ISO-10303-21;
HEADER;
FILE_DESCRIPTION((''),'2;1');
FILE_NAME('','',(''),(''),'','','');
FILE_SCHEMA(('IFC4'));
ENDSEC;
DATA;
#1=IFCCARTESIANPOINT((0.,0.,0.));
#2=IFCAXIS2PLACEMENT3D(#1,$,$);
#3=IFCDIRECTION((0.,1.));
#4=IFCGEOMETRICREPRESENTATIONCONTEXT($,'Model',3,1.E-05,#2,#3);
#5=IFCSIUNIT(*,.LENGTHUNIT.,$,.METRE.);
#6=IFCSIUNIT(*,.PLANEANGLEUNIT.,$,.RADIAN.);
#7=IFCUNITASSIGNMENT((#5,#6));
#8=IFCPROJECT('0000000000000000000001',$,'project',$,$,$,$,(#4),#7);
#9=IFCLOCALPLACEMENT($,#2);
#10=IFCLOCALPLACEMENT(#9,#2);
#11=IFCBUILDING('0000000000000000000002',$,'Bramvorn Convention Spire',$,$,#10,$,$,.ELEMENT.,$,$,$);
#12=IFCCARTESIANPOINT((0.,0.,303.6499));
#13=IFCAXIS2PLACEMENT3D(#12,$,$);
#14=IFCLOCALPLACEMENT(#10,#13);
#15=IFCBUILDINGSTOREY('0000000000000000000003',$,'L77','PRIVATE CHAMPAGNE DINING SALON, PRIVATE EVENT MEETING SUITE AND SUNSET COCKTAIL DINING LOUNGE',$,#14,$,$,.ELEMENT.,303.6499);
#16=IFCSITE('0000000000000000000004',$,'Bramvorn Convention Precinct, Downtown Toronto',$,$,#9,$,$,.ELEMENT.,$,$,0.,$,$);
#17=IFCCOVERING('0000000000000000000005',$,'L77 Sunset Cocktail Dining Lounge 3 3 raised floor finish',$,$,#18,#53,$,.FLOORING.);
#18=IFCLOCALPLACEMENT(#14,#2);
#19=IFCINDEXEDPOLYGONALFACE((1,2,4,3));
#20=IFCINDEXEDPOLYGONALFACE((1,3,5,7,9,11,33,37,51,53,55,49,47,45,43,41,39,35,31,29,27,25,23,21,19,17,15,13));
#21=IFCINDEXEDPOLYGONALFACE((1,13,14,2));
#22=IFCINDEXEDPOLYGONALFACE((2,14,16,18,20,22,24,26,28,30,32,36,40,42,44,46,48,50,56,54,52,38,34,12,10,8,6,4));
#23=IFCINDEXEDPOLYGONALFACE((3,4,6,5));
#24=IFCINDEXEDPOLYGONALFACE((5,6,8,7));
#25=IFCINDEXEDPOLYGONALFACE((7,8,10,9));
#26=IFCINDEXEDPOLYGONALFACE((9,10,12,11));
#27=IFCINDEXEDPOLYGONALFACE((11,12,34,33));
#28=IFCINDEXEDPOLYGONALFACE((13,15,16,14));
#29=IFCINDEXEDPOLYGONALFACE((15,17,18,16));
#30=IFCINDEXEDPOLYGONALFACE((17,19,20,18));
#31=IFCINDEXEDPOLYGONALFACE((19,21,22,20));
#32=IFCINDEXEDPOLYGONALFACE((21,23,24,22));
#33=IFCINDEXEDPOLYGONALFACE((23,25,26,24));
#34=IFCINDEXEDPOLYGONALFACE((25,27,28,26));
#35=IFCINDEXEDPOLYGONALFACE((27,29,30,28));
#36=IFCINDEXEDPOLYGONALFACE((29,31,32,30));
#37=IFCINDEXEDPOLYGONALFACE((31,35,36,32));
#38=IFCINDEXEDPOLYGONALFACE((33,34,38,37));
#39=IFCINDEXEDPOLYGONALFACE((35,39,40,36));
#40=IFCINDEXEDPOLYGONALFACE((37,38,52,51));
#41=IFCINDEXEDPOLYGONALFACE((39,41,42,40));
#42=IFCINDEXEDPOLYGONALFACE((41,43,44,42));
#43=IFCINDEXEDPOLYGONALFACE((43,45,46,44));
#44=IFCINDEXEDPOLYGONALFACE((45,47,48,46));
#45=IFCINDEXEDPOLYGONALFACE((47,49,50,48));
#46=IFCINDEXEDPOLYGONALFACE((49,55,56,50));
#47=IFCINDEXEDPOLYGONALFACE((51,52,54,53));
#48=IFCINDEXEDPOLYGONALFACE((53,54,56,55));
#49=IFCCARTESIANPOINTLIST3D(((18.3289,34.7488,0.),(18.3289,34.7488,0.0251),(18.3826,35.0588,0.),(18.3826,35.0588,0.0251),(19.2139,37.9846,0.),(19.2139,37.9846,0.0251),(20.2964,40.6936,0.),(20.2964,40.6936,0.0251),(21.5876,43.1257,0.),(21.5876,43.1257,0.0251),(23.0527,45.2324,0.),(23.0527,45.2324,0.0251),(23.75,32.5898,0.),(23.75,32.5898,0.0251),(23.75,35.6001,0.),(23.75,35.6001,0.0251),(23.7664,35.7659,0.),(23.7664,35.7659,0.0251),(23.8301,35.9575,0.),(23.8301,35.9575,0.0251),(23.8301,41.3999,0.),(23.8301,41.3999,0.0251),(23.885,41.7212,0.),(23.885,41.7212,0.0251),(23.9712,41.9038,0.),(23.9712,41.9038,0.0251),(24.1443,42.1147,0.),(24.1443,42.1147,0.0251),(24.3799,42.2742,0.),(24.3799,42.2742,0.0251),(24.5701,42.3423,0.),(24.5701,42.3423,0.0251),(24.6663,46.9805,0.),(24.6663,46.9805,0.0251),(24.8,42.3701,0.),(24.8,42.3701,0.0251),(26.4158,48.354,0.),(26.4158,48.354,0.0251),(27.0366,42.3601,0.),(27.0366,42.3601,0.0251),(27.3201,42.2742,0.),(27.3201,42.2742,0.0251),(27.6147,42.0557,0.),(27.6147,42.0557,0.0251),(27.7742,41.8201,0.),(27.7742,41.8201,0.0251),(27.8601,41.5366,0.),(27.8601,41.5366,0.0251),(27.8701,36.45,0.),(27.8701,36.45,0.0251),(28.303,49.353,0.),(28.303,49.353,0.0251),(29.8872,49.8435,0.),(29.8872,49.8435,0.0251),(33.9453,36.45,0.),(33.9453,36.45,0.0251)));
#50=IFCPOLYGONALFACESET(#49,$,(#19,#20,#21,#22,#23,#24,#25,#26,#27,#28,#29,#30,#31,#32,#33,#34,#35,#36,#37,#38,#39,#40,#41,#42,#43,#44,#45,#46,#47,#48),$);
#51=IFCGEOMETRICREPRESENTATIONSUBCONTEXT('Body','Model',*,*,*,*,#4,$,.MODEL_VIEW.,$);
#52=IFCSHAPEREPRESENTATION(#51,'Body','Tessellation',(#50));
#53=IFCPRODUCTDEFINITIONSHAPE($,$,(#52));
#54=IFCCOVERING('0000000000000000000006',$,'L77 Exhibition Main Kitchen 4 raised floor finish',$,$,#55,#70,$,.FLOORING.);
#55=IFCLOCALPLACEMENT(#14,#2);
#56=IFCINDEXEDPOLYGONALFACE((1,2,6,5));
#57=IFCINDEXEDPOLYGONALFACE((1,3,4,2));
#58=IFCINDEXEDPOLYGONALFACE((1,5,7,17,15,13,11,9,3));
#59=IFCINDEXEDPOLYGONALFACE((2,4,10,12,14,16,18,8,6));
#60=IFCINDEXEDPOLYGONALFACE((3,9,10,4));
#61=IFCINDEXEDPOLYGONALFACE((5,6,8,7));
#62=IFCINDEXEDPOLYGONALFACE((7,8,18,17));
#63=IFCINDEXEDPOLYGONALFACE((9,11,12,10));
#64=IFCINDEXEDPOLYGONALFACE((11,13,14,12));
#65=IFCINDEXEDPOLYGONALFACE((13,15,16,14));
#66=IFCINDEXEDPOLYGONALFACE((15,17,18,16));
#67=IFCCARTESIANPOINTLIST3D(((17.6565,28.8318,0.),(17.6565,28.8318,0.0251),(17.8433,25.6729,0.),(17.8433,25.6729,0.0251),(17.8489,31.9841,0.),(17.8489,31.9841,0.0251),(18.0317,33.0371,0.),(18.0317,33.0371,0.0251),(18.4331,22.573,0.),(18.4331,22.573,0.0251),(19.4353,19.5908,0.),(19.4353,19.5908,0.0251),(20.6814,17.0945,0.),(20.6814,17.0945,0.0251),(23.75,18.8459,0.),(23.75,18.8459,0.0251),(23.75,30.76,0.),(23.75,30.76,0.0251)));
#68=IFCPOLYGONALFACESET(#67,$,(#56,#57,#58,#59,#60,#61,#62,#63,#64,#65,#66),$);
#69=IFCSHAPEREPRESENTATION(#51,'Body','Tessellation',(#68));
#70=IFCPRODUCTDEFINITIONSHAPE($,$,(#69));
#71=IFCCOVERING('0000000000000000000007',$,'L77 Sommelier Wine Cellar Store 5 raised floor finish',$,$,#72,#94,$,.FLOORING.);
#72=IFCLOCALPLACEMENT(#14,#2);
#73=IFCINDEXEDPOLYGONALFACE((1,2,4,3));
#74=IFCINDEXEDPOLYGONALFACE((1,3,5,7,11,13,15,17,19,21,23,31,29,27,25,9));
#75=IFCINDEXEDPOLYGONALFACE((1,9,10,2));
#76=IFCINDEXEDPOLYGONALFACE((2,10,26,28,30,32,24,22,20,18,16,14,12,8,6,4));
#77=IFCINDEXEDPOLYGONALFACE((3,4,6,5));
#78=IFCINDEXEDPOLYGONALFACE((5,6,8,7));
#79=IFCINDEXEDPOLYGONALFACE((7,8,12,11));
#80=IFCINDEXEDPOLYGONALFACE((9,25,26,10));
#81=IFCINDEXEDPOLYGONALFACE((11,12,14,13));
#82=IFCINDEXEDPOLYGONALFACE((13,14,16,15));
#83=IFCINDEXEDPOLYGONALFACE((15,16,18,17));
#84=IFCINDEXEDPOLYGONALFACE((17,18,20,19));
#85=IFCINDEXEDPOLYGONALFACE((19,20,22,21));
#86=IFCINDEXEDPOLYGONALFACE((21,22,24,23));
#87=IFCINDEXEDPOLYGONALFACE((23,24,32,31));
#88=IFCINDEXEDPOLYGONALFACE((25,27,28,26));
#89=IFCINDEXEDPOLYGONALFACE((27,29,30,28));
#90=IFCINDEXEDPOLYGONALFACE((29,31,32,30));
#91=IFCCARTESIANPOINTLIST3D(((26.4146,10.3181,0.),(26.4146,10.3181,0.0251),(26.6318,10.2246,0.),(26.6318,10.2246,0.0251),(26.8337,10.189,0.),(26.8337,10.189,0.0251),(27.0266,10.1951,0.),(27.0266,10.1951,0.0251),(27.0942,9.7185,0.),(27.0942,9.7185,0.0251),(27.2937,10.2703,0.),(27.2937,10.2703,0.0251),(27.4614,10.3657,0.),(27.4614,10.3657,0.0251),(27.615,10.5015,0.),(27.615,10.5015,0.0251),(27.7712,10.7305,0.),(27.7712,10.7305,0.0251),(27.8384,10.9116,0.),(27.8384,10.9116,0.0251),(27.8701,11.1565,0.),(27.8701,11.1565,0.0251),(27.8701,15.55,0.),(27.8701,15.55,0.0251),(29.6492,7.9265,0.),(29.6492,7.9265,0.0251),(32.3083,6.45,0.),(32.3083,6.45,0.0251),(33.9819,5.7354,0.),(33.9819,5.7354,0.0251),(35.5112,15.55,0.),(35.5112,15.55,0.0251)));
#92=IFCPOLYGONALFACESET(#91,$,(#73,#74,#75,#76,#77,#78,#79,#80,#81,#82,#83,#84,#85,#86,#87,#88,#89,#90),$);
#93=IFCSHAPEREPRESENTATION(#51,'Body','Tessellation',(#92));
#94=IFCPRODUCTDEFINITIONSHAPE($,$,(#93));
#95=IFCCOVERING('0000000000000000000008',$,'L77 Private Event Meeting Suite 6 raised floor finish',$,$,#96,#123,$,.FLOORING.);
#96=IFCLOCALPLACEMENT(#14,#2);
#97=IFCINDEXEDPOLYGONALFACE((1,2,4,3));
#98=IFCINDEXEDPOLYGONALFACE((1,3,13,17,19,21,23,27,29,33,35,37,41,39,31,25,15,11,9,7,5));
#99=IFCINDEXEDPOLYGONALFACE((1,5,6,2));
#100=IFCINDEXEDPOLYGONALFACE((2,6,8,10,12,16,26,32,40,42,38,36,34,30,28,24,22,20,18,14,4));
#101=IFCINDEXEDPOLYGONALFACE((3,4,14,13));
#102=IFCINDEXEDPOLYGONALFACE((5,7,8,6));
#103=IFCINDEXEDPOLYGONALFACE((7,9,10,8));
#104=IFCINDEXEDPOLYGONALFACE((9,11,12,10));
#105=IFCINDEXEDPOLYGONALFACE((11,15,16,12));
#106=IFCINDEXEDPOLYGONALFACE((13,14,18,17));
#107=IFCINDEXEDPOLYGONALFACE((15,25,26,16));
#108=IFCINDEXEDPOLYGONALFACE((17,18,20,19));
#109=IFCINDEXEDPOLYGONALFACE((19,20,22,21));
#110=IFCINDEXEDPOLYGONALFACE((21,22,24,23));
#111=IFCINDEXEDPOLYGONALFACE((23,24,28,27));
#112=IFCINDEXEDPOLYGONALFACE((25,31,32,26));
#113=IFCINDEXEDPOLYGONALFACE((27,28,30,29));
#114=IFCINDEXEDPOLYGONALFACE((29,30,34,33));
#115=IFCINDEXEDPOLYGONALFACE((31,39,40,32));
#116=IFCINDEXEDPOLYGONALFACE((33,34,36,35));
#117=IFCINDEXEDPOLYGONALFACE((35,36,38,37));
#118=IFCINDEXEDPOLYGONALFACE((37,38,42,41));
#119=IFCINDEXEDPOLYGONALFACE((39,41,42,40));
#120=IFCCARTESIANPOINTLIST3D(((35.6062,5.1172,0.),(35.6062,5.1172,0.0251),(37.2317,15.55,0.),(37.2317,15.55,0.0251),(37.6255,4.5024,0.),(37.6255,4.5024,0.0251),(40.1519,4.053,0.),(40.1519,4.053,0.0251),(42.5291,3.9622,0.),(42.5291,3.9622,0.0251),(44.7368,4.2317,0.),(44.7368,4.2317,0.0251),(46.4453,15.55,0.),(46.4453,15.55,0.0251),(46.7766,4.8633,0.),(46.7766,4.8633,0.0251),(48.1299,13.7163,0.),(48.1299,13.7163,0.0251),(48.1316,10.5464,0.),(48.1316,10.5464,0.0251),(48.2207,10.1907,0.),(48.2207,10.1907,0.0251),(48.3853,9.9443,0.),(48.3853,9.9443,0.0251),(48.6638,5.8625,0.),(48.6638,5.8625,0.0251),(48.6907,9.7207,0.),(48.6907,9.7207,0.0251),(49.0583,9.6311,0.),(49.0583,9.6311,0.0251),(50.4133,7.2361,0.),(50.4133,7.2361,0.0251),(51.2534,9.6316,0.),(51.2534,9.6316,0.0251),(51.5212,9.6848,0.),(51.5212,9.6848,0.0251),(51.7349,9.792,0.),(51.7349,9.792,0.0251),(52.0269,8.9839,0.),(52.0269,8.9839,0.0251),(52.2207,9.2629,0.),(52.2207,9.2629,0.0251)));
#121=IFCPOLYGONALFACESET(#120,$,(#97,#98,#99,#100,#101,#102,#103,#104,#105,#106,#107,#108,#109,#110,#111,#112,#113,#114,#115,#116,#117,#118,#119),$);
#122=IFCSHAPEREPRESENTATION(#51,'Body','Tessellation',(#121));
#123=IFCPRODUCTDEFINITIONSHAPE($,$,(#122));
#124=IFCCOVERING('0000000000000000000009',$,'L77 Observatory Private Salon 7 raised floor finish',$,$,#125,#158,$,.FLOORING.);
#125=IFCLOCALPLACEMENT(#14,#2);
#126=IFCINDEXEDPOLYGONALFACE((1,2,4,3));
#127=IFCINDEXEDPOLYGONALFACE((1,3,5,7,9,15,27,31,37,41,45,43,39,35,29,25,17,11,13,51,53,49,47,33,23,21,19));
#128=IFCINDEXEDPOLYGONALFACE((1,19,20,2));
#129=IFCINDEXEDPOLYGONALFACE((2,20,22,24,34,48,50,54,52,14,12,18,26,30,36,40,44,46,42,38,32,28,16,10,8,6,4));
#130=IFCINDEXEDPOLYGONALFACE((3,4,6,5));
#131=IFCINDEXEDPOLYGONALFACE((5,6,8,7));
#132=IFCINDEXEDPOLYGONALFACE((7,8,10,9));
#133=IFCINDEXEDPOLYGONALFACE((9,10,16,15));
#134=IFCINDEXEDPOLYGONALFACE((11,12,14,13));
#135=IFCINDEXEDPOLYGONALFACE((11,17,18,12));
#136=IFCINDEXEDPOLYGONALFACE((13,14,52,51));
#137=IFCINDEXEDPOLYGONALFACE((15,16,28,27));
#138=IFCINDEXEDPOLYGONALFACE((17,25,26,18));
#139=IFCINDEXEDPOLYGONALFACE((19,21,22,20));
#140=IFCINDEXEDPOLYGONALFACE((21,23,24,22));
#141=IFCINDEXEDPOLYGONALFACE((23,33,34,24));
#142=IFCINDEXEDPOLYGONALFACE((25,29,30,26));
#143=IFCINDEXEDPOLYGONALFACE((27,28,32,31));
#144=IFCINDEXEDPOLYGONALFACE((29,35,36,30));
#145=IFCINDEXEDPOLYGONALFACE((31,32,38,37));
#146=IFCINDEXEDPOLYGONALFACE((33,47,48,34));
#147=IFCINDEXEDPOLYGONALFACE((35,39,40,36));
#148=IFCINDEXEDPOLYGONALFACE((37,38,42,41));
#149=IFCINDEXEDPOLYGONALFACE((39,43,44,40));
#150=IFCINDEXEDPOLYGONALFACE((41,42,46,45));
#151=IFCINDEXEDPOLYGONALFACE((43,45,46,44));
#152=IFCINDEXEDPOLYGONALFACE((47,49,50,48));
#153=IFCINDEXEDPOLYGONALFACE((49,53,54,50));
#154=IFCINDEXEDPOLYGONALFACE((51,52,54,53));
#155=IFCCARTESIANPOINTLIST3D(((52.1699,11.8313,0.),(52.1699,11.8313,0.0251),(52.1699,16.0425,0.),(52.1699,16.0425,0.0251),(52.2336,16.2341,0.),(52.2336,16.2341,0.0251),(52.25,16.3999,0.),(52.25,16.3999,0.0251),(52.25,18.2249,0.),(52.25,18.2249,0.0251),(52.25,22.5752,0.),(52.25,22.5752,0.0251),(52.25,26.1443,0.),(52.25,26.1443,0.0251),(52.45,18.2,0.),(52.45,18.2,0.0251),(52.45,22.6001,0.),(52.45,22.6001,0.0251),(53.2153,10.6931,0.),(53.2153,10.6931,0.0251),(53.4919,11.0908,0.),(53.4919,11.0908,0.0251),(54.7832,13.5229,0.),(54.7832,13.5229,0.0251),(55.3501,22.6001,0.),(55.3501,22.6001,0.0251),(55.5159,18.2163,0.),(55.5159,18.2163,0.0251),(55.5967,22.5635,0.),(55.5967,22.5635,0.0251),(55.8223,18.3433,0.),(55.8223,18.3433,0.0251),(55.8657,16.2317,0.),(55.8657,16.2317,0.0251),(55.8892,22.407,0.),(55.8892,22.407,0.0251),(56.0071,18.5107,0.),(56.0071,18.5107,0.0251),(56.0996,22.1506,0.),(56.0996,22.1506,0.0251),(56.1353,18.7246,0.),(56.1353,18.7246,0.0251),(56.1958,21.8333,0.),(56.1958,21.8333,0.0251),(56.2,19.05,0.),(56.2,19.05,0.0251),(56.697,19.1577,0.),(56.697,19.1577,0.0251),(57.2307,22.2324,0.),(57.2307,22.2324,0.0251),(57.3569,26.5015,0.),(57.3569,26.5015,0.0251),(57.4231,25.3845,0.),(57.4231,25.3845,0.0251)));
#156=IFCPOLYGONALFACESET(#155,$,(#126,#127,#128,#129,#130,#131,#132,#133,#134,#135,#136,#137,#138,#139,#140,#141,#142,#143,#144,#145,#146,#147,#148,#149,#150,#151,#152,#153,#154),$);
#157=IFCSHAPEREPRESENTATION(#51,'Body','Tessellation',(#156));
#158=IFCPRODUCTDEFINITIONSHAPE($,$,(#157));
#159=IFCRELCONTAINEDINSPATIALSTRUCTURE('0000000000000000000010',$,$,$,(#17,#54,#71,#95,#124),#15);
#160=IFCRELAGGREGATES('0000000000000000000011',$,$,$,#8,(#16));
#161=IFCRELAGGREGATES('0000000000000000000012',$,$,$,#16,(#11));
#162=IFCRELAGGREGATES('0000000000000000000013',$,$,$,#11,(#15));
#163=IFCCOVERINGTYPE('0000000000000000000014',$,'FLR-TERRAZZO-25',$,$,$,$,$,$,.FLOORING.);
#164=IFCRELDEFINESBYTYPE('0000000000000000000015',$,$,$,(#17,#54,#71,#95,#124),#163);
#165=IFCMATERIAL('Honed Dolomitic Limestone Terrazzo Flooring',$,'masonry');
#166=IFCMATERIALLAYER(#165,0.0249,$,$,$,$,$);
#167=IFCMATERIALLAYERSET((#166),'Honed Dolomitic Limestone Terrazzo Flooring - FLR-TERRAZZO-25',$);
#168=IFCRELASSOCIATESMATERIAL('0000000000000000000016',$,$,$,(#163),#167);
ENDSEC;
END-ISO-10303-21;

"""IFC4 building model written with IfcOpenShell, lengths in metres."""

from ifc_helpers import new_model, si_unit, direction, frame, origin, place, context, subcontext, project, spatial, polyline, outline, extrude, material, layer, layer_set, type_object, element, save


model = new_model("IFC4")

# Units and contexts
model_context = context("Model", 3, precision=1e-05, world=origin(), true_north=direction((0.0, 1.0)))
body_context = subcontext(model_context, "Body", "Model", "MODEL_VIEW")
ifc_project = project(units=[si_unit("LENGTHUNIT", "METRE"), si_unit("PLANEANGLEUNIT", "RADIAN")], contexts=[model_context])

# Site, building, storey
site_placement = place(None, origin())
site = spatial("IfcSite", under=ifc_project, at=site_placement, Name="Bramvorn Convention Precinct, Downtown Toronto", CompositionType="ELEMENT", RefElevation=0.0)
building_placement = place(site_placement, origin())
building = spatial("IfcBuilding", under=site, at=building_placement, Name="Bramvorn Convention Spire", CompositionType="ELEMENT")
storey_placement = place(building_placement, frame((0.0, 0.0, 303.6499)))
storey = spatial("IfcBuildingStorey", under=building, at=storey_placement, Name="L77", Description="PRIVATE CHAMPAGNE DINING SALON, PRIVATE EVENT MEETING SUITE AND SUNSET COCKTAIL DINING LOUNGE", CompositionType="ELEMENT", Elevation=303.6499)

# Coverings
ifc_material_1 = material(Name="Honed Dolomitic Limestone Terrazzo Flooring", Category="masonry")
ifc_layer_1 = layer(ifc_material_1, 0.0249)
ifc_layer_set_1 = layer_set([ifc_layer_1], Name="Honed Dolomitic Limestone Terrazzo Flooring - FLR-TERRAZZO-25")
covering_type = type_object("IfcCoveringType", Name="FLR-TERRAZZO-25", PredefinedType="FLOORING", material=ifc_layer_set_1)
covering_1_placement = place(storey_placement, origin())
element("IfcCovering", 1, at=covering_1_placement, inside=storey, type_object=covering_type, Name="L77 Sunset Cocktail Dining Lounge 3 3 raised floor finish", PredefinedType="FLOORING", context=body_context, shape_type="SweptSolid", body=[
    extrude(outline(polyline([(18.3826, 35.0588), (18.3289, 34.7488), (23.75, 32.5898), (23.75, 35.6001), (23.7664, 35.7659), (23.8301, 35.9575), (23.8301, 41.3999), (23.885, 41.7212), (23.9712, 41.9038), (24.1443, 42.1147), (24.3799, 42.2742), (24.5701, 42.3423), (24.8, 42.3701), (27.0366, 42.3601), (27.3201, 42.2742), (27.6147, 42.0557), (27.7742, 41.8201), (27.8601, 41.5366), (27.8701, 36.45), (33.9453, 36.45), (29.8872, 49.8435), (28.303, 49.353), (26.4158, 48.354), (24.6663, 46.9805), (23.0527, 45.2324), (21.5876, 43.1257), (20.2964, 40.6936), (19.2139, 37.9846), (18.3826, 35.0588)])), origin(), (0.0, 0.0, 1.0), 0.0251),
])
covering_2_placement = place(storey_placement, origin())
element("IfcCovering", 2, at=covering_2_placement, inside=storey, type_object=covering_type, Name="L77 Exhibition Main Kitchen 4 raised floor finish", PredefinedType="FLOORING", context=body_context, shape_type="SweptSolid", body=[
    extrude(outline(polyline([(20.6814, 17.0945), (23.75, 18.8459), (23.75, 30.76), (18.0317, 33.0371), (17.8489, 31.9841), (17.6565, 28.8318), (17.8433, 25.6729), (18.4331, 22.573), (19.4353, 19.5908), (20.6814, 17.0945)])), origin(), (0.0, 0.0, 1.0), 0.0251),
])
covering_3_placement = place(storey_placement, origin())
element("IfcCovering", 3, at=covering_3_placement, inside=storey, type_object=covering_type, Name="L77 Sommelier Wine Cellar Store 5 raised floor finish", PredefinedType="FLOORING", context=body_context, shape_type="SweptSolid", body=[
    extrude(outline(polyline([(27.0942, 9.7185), (29.6492, 7.9265), (32.3083, 6.45), (33.9819, 5.7354), (35.5112, 15.55), (27.8701, 15.55), (27.8701, 11.1565), (27.8384, 10.9116), (27.7712, 10.7305), (27.615, 10.5015), (27.4614, 10.3657), (27.2937, 10.2703), (27.0266, 10.1951), (26.8337, 10.189), (26.6318, 10.2246), (26.4146, 10.3181), (27.0942, 9.7185)])), origin(), (0.0, 0.0, 1.0), 0.0251),
])
covering_4_placement = place(storey_placement, origin())
element("IfcCovering", 4, at=covering_4_placement, inside=storey, type_object=covering_type, Name="L77 Private Event Meeting Suite 6 raised floor finish", PredefinedType="FLOORING", context=body_context, shape_type="SweptSolid", body=[
    extrude(outline(polyline([(37.6255, 4.5024), (40.1519, 4.053), (42.5291, 3.9622), (44.7368, 4.2317), (46.7766, 4.8633), (48.6638, 5.8625), (50.4133, 7.2361), (52.0269, 8.9839), (52.2207, 9.2629), (51.7349, 9.792), (51.5212, 9.6848), (51.2534, 9.6316), (49.0583, 9.6311), (48.6907, 9.7207), (48.3853, 9.9443), (48.2207, 10.1907), (48.1316, 10.5464), (48.1299, 13.7163), (46.4453, 15.55), (37.2317, 15.55), (35.6062, 5.1172), (37.6255, 4.5024)])), origin(), (0.0, 0.0, 1.0), 0.0251),
])
covering_5_placement = place(storey_placement, origin())
element("IfcCovering", 5, at=covering_5_placement, inside=storey, type_object=covering_type, Name="L77 Observatory Private Salon 7 raised floor finish", PredefinedType="FLOORING", context=body_context, shape_type="SweptSolid", body=[
    extrude(outline(polyline([(52.25, 16.3999), (52.2336, 16.2341), (52.1699, 16.0425), (52.1699, 11.8313), (53.2153, 10.6931), (53.4919, 11.0908), (54.7832, 13.5229), (55.8657, 16.2317), (56.697, 19.1577), (57.2307, 22.2324), (57.4231, 25.3845), (57.3569, 26.5015), (52.25, 26.1443), (52.25, 22.5752), (52.45, 22.6001), (55.3501, 22.6001), (55.5967, 22.5635), (55.8892, 22.407), (56.0996, 22.1506), (56.1958, 21.8333), (56.2, 19.05), (56.1353, 18.7246), (56.0071, 18.5107), (55.8223, 18.3433), (55.5159, 18.2163), (52.45, 18.2), (52.25, 18.2249), (52.25, 16.3999)])), origin(), (0.0, 0.0, 1.0), 0.0251),
])

save(model, "model.ifc")
